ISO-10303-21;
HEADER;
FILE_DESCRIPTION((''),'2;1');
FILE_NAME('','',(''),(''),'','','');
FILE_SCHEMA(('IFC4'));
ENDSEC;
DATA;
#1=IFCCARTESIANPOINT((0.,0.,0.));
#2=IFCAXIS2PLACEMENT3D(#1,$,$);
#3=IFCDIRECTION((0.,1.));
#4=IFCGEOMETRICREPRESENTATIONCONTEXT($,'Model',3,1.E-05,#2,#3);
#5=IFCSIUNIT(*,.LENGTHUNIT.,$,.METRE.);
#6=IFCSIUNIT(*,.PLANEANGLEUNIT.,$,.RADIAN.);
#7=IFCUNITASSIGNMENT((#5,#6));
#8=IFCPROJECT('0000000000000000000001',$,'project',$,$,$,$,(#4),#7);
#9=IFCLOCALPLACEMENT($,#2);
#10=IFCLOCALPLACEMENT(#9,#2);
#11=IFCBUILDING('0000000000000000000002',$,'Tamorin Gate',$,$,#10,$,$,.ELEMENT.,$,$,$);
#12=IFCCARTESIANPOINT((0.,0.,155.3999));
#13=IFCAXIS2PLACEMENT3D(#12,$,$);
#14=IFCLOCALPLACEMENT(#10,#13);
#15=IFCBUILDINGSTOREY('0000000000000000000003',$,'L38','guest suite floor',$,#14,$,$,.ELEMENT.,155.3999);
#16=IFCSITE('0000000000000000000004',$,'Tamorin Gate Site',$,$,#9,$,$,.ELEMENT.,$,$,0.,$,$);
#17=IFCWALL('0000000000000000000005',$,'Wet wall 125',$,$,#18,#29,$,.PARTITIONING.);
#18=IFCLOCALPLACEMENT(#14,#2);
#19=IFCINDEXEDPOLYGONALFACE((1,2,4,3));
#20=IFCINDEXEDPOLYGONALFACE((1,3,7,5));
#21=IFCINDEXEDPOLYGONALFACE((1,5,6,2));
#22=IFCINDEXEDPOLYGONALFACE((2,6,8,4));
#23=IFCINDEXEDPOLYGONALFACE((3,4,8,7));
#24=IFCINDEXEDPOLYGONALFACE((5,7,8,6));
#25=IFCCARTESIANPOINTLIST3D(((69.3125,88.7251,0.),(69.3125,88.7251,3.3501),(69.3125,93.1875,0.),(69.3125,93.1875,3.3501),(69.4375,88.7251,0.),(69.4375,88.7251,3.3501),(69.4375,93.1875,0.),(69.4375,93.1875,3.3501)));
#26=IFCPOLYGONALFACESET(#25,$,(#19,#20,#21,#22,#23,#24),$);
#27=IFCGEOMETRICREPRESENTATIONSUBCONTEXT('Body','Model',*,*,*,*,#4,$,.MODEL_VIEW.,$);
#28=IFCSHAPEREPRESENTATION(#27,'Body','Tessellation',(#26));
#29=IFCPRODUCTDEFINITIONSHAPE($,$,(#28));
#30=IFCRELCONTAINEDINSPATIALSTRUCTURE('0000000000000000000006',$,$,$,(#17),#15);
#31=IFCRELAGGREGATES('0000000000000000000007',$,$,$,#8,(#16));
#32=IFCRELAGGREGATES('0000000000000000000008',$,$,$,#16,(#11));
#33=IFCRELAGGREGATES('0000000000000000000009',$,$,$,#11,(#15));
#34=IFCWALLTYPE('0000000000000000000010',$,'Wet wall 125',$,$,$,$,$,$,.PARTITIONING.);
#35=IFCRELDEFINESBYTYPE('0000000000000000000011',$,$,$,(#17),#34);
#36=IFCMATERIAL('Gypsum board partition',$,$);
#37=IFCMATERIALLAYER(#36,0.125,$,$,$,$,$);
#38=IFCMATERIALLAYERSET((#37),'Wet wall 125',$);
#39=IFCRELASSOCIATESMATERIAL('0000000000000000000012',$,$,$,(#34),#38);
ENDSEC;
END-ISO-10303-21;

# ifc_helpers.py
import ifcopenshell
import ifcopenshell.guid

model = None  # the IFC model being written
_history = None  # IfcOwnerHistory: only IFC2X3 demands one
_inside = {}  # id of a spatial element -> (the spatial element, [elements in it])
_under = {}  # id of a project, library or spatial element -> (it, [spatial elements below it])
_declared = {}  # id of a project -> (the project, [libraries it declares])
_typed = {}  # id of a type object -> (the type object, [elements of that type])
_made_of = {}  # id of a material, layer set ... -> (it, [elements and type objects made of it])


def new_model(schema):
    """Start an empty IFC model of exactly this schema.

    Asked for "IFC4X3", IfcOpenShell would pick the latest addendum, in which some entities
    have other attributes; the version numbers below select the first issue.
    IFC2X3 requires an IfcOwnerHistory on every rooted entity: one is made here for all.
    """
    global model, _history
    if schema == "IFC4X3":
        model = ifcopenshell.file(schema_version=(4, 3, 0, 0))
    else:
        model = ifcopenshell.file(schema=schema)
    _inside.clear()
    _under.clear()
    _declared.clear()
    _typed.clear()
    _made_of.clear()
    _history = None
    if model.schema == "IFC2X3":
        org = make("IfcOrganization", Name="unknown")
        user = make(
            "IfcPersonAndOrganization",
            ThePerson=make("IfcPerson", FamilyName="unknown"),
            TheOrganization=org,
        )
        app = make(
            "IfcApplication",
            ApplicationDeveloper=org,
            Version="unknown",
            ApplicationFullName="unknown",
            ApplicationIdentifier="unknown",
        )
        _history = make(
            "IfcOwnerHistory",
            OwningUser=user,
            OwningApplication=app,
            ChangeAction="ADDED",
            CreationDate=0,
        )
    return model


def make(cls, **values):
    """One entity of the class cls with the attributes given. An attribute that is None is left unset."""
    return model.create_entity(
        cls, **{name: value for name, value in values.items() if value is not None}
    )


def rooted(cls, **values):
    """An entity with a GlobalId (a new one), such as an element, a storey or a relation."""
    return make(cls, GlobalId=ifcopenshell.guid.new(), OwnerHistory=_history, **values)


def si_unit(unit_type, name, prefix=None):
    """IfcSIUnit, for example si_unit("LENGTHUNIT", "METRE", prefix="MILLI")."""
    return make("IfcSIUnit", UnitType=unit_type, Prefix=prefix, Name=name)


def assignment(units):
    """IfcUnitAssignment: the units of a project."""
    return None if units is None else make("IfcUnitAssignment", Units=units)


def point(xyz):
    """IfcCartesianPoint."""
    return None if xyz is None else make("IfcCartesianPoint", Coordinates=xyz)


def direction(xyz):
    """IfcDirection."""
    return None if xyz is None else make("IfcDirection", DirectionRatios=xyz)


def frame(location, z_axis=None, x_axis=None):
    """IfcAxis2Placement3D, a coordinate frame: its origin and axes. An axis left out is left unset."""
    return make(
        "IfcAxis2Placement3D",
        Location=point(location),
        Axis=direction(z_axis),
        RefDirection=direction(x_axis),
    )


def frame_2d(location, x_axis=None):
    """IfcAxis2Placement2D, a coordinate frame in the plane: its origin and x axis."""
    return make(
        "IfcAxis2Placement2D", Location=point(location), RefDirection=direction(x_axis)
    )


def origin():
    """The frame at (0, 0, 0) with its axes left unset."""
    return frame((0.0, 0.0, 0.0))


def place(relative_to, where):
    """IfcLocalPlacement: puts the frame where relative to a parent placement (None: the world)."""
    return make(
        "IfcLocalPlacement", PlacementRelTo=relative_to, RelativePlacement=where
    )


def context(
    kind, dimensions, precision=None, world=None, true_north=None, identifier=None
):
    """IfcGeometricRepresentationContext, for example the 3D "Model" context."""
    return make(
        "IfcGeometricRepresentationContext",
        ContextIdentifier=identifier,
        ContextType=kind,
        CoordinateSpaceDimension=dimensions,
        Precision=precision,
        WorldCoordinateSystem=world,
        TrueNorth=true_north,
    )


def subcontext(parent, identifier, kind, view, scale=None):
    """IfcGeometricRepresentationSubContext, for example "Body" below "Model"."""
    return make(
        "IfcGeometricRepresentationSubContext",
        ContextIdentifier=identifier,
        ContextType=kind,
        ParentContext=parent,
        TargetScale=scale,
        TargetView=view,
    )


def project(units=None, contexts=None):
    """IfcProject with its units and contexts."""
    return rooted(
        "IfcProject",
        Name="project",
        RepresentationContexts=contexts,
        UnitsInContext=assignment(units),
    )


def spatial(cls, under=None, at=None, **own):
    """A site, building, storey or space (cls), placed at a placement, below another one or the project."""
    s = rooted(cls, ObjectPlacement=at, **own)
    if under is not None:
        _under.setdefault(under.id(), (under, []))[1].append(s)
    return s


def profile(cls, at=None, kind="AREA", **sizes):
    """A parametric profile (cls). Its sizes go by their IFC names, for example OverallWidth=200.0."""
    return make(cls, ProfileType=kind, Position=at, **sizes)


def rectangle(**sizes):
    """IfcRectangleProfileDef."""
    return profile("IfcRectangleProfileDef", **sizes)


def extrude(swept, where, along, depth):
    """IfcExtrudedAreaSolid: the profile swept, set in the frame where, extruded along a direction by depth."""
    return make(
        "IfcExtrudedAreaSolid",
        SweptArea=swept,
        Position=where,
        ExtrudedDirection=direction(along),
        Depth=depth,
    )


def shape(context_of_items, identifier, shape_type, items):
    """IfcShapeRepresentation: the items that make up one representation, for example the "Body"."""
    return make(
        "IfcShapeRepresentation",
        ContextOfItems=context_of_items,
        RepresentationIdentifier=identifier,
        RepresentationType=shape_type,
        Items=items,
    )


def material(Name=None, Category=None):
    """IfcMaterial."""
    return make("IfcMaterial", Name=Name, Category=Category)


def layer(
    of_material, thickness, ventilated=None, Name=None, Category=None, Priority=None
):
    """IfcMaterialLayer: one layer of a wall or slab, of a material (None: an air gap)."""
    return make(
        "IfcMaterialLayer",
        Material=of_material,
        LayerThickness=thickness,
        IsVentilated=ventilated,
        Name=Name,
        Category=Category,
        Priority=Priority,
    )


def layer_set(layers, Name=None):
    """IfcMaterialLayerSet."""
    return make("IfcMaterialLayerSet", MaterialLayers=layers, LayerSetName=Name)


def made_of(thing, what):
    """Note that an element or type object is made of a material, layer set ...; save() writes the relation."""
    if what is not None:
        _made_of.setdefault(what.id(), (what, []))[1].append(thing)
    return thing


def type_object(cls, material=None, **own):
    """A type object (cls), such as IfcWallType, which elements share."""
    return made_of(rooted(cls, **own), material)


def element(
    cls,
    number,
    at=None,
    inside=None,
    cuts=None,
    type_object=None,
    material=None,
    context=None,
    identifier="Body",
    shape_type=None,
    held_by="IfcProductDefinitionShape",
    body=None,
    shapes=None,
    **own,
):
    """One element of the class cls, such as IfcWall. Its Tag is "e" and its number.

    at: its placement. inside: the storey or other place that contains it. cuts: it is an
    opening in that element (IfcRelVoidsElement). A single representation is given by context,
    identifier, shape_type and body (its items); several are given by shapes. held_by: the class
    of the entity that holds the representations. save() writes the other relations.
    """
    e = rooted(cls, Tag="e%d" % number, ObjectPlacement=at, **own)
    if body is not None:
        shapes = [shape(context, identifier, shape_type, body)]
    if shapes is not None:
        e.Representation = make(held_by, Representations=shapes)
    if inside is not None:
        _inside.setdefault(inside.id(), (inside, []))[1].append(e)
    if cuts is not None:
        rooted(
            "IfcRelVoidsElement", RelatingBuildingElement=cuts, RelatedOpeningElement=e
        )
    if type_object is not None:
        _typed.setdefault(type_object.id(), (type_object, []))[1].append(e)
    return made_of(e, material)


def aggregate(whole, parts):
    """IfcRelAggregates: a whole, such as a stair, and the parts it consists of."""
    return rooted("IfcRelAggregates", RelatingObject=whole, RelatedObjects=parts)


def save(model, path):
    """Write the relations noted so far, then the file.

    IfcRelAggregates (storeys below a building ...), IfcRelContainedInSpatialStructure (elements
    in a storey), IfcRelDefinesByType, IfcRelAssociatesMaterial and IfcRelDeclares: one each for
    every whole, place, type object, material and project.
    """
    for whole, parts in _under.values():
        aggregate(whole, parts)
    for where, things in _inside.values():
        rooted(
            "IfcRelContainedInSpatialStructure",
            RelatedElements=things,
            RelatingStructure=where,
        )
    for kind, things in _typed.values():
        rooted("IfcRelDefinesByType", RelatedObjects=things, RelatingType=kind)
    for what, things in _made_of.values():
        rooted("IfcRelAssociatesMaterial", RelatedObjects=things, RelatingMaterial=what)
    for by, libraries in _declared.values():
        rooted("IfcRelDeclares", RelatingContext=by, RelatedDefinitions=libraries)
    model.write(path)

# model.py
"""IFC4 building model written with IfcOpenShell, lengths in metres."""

from ifc_helpers import new_model, si_unit, direction, frame, frame_2d, origin, place, context, subcontext, project, spatial, rectangle, extrude, material, layer, layer_set, type_object, element, save


model = new_model("IFC4")

# Units and contexts
model_context = context("Model", 3, precision=1e-05, world=origin(), true_north=direction((0.0, 1.0)))
body_context = subcontext(model_context, "Body", "Model", "MODEL_VIEW")
ifc_project = project(units=[si_unit("LENGTHUNIT", "METRE"), si_unit("PLANEANGLEUNIT", "RADIAN")], contexts=[model_context])

# Site, building, storey
site_placement = place(None, origin())
site = spatial("IfcSite", under=ifc_project, at=site_placement, Name="Tamorin Gate Site", CompositionType="ELEMENT", RefElevation=0.0)
building_placement = place(site_placement, origin())
building = spatial("IfcBuilding", under=site, at=building_placement, Name="Tamorin Gate", CompositionType="ELEMENT")
storey_placement = place(building_placement, frame((0.0, 0.0, 155.3999)))
storey = spatial("IfcBuildingStorey", under=building, at=storey_placement, Name="L38", Description="guest suite floor", CompositionType="ELEMENT", Elevation=155.3999)

# Shared definitions
ifc_material_1 = material(Name="Gypsum board partition")

# Shared definitions
ifc_layer_1 = layer(ifc_material_1, 0.125)
ifc_layer_set_1 = layer_set([ifc_layer_1], Name="Wet wall 125")
wall_type_1 = type_object("IfcWallType", Name="Wet wall 125", PredefinedType="PARTITIONING", material=ifc_layer_set_1)

# Wall
for number, where, z_axis, x_axis, name in (
    (1, (69.375, 88.7251, 0.0), (0.0, 0.0, 1.0), (0.0, 1.0, 0.0), "Wet wall 125"),
):
    element("IfcWall", number, at=place(storey_placement, frame(where, z_axis=z_axis, x_axis=x_axis)), inside=storey, type_object=wall_type_1, Name=name, PredefinedType="PARTITIONING", context=body_context, shape_type="SweptSolid", body=[
        extrude(rectangle(XDim=4.4624, YDim=0.125, at=frame_2d((2.2312, 0.0))), origin(), (0.0, 0.0, 1.0), 3.3501),
    ])

save(model, "model.ifc")
